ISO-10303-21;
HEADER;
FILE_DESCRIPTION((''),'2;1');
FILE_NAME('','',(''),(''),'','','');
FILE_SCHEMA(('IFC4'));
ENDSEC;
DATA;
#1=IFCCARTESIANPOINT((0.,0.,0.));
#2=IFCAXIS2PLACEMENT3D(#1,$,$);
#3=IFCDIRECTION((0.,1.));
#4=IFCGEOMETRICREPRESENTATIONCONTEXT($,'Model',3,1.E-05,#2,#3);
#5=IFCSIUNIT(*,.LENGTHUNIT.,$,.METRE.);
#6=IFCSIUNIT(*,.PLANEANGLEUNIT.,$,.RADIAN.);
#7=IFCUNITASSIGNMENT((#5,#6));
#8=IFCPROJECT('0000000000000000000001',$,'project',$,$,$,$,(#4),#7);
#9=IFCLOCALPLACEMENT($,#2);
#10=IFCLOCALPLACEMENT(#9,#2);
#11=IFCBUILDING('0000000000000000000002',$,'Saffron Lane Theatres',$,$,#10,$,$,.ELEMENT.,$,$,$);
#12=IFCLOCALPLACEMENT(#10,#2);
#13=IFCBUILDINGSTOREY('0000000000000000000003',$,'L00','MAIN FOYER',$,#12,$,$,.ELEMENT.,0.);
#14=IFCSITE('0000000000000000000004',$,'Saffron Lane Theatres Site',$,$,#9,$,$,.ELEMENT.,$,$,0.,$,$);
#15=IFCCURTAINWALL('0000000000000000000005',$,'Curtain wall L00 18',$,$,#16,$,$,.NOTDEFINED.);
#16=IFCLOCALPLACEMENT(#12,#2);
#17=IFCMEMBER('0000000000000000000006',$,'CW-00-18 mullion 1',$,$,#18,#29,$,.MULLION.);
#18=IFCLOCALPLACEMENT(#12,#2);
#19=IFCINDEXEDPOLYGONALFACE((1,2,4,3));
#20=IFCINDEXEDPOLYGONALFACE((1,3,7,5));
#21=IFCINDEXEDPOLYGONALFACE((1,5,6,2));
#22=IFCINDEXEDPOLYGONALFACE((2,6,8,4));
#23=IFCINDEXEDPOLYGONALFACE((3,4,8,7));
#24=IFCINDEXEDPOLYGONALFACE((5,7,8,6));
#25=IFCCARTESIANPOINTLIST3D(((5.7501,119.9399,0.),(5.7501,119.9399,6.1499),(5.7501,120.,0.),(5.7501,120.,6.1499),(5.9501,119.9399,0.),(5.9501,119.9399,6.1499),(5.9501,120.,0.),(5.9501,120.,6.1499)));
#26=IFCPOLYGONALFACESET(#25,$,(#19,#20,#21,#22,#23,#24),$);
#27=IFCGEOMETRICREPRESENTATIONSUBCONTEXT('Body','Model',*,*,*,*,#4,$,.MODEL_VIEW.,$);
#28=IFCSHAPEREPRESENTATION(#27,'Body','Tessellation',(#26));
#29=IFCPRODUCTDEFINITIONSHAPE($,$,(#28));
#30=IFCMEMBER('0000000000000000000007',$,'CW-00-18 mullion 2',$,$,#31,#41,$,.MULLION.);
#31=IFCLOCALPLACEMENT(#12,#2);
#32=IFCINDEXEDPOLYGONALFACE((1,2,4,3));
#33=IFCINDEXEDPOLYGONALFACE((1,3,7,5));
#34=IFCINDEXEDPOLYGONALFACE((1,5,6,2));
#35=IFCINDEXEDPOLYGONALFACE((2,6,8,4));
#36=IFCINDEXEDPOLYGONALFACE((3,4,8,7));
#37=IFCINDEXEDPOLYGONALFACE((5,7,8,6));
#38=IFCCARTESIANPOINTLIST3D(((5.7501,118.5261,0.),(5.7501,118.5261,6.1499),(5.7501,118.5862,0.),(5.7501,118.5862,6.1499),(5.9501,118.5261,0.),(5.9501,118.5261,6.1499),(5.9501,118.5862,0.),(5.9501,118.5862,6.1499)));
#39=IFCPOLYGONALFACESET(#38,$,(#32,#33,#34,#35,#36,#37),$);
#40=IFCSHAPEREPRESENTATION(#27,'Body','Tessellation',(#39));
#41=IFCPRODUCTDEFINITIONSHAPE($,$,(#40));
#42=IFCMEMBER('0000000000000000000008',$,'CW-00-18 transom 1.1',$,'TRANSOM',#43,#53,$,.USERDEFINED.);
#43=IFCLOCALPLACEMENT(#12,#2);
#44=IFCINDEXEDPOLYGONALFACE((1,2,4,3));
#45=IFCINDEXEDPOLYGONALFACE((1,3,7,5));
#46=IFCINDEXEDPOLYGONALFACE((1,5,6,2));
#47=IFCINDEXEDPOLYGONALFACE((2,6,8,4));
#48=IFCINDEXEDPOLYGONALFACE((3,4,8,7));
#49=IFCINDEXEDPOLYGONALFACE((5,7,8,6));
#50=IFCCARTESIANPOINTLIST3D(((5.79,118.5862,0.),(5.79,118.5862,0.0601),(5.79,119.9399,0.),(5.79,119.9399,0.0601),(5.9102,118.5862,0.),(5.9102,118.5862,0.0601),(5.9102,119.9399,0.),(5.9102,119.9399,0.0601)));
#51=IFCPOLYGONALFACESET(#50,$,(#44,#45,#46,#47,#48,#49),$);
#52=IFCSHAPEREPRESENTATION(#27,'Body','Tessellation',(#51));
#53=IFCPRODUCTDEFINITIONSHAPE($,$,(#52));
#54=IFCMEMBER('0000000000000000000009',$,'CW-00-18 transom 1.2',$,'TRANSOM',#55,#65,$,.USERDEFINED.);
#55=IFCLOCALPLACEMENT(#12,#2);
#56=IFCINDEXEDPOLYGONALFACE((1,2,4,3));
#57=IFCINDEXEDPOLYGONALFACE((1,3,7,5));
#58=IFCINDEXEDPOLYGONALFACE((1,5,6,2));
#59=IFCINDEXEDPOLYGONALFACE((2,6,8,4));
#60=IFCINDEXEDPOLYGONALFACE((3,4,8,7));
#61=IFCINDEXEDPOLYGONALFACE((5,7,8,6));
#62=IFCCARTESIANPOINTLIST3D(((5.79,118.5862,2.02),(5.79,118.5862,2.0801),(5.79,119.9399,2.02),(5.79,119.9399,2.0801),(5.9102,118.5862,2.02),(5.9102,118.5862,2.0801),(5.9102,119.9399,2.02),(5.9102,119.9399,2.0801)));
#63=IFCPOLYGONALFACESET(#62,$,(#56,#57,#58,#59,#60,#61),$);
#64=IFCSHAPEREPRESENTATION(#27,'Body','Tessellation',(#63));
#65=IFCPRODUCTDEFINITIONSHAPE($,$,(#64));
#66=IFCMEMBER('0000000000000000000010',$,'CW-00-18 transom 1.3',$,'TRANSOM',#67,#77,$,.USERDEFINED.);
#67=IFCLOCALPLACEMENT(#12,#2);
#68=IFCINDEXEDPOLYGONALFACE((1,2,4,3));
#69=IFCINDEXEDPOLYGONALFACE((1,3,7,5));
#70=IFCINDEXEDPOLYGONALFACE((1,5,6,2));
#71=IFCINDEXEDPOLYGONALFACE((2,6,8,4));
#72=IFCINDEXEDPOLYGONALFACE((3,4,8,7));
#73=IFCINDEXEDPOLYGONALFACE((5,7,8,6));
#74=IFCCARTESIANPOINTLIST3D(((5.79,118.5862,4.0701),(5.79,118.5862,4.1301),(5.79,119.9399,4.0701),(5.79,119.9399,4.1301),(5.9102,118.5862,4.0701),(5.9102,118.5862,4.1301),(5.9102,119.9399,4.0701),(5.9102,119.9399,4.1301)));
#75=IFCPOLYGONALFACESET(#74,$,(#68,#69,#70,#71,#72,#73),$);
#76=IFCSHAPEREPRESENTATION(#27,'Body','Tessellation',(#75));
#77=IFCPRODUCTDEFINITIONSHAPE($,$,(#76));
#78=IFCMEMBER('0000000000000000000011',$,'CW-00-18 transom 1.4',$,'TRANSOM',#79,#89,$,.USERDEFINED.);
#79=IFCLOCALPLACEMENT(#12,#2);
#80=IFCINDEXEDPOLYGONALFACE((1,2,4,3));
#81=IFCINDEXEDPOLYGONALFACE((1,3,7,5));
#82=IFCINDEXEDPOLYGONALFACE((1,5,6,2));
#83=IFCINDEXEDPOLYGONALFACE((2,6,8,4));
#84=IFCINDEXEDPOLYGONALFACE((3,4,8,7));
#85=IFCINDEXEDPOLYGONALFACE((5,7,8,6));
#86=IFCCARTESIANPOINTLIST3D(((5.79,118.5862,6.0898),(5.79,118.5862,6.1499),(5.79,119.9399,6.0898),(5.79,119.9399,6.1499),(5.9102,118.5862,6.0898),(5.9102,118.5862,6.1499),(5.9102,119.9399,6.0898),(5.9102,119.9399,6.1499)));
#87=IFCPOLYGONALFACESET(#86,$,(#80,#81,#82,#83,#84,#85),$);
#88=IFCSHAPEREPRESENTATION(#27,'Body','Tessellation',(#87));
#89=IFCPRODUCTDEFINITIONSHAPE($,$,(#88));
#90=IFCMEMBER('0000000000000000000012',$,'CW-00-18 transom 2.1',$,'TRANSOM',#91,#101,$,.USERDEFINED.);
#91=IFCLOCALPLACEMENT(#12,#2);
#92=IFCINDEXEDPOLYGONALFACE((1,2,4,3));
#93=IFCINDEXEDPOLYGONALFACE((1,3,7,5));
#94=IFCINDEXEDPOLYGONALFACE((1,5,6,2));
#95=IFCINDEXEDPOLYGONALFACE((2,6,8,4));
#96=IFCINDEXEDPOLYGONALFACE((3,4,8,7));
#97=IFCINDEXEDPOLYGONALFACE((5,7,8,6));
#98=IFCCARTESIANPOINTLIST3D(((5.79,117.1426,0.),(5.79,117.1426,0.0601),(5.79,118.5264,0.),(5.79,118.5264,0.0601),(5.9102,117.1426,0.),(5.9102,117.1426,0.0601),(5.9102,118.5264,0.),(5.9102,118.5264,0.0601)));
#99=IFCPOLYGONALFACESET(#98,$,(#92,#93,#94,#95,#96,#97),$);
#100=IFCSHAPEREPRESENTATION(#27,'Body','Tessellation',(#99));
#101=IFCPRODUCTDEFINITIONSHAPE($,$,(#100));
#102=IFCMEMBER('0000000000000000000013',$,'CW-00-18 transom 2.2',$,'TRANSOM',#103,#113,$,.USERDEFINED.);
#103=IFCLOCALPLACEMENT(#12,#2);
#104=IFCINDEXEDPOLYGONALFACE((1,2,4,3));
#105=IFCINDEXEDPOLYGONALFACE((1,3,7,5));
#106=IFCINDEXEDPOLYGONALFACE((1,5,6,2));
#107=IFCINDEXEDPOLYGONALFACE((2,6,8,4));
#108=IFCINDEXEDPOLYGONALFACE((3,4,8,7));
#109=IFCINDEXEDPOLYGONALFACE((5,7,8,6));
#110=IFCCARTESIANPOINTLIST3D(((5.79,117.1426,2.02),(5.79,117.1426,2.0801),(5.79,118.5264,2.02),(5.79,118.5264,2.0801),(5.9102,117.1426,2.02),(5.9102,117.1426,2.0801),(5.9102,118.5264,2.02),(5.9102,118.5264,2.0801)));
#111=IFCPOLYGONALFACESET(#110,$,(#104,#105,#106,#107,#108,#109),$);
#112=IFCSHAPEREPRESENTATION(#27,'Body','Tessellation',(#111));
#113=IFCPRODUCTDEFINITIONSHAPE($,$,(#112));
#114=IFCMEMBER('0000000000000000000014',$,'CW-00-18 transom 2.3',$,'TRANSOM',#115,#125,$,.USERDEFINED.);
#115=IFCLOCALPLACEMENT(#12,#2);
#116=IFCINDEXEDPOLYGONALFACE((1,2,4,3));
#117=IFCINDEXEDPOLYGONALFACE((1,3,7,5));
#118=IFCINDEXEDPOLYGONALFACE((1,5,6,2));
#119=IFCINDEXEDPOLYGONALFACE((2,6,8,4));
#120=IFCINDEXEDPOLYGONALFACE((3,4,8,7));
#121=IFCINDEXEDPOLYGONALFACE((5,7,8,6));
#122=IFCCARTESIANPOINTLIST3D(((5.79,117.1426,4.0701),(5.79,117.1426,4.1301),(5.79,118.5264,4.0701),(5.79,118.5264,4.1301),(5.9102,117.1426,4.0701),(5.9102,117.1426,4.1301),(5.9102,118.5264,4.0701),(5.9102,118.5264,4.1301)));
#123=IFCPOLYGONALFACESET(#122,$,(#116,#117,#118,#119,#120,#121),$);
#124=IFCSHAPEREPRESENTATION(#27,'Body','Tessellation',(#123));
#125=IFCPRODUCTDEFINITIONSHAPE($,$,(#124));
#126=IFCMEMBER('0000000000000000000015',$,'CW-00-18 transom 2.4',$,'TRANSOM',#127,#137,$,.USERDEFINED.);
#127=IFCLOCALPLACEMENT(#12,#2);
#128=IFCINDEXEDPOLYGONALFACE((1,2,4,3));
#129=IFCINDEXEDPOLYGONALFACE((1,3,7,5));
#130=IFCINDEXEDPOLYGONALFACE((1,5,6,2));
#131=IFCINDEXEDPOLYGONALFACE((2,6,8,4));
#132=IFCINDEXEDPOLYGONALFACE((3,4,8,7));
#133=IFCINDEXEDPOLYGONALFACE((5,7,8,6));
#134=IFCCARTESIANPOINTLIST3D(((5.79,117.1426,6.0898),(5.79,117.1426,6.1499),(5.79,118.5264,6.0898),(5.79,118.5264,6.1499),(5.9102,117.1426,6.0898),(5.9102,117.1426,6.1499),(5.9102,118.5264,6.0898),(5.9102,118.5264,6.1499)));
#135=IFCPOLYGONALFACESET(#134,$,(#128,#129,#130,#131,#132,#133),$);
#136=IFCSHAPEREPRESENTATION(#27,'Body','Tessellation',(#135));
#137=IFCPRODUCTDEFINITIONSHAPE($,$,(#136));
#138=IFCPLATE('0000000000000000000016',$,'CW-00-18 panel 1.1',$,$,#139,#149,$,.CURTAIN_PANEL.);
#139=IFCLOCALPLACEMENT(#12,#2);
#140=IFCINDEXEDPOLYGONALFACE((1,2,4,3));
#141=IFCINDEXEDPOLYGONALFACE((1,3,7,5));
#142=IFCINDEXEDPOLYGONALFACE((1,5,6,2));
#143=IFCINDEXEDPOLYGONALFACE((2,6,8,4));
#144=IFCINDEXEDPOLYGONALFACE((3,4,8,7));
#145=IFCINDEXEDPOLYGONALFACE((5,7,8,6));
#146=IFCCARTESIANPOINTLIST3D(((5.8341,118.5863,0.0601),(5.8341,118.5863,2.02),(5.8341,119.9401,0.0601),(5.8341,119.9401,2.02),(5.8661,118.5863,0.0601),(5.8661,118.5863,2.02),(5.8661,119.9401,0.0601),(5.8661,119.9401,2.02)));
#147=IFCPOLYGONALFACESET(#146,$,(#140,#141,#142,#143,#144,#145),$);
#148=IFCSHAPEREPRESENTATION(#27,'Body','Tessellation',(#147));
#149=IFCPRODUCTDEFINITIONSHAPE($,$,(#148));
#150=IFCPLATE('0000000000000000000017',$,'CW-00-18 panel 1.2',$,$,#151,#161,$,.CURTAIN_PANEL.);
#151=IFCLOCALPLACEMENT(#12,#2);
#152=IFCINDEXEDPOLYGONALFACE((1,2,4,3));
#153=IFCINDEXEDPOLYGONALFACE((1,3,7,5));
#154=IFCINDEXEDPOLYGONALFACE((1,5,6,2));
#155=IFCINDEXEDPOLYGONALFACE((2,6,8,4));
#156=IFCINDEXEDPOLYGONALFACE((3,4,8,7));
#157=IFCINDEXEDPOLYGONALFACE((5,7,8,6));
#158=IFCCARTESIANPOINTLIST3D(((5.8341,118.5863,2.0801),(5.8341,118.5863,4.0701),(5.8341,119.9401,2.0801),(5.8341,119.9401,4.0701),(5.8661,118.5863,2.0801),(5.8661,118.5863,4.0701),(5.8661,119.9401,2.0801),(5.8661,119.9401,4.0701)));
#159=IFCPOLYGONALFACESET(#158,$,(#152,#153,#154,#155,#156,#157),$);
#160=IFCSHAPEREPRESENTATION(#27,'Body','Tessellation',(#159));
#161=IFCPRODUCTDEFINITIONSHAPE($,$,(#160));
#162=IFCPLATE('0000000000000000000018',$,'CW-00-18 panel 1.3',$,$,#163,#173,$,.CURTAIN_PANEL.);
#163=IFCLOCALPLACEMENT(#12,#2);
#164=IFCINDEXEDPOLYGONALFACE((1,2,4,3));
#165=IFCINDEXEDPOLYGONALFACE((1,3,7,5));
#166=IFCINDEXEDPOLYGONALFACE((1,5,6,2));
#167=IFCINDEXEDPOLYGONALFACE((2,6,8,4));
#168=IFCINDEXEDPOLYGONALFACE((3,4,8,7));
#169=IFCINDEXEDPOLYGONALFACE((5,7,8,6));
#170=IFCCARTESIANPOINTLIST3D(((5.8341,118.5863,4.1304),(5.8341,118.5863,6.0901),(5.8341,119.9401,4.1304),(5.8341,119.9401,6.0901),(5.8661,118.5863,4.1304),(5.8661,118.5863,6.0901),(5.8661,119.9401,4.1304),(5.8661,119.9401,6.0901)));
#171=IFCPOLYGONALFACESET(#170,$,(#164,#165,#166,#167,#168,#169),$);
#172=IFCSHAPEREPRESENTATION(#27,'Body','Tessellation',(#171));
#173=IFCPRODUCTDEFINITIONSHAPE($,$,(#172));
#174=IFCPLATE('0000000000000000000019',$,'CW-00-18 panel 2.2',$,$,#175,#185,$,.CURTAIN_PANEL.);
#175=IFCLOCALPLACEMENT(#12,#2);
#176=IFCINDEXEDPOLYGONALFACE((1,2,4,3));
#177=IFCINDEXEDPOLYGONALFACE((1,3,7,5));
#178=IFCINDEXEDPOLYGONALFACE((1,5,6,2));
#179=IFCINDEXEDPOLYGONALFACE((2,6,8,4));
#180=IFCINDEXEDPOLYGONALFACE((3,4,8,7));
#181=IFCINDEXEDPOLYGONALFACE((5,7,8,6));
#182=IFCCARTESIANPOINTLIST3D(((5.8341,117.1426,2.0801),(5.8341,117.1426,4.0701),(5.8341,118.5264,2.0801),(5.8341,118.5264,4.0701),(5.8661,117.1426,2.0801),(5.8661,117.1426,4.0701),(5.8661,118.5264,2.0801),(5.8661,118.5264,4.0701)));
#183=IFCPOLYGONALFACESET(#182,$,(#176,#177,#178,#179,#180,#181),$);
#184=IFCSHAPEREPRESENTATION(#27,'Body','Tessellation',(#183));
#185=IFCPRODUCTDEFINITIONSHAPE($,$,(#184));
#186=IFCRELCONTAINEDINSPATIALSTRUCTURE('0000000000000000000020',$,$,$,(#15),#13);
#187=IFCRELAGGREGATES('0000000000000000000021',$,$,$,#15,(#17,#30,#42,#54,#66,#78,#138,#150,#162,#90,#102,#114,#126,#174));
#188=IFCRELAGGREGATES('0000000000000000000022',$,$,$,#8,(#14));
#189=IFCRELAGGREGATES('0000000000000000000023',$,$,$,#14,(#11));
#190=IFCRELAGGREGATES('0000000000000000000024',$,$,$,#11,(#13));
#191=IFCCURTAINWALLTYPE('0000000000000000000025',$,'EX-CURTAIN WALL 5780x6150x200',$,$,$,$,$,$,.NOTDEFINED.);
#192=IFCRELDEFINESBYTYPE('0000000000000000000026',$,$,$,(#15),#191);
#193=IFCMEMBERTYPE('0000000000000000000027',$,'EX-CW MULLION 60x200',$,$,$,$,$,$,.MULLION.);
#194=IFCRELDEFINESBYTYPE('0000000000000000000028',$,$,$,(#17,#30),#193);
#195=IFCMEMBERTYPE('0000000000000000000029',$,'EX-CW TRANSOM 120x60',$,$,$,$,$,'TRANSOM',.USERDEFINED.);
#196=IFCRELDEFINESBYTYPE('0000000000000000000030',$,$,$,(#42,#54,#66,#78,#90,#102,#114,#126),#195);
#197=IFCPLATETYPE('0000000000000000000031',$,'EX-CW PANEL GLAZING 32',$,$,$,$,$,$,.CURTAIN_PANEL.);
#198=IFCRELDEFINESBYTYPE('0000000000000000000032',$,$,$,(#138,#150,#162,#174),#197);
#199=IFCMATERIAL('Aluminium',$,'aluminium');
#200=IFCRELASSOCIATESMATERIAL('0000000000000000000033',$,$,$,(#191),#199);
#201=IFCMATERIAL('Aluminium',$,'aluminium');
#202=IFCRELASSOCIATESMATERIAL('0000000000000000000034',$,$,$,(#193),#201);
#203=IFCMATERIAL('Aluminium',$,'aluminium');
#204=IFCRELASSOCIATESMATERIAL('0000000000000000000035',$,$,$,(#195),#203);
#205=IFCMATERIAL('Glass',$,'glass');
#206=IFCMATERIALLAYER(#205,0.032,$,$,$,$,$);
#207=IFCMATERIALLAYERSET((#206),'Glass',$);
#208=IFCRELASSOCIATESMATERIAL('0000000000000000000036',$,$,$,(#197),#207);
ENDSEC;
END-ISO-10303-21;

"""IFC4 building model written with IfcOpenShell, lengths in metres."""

from ifc_helpers import new_model, si_unit, direction, frame, origin, origin_2d, place, context, subcontext, project, spatial, rectangle, extrude, material, layer, layer_set, material_profile, profile_set, type_object, element, aggregate, save


model = new_model("IFC4")

# Units and contexts
model_context = context("Model", 3, precision=1e-05, world=origin(), true_north=direction((0.0, 1.0)))
body_context = subcontext(model_context, "Body", "Model", "MODEL_VIEW")
ifc_project = project(units=[si_unit("LENGTHUNIT", "METRE"), si_unit("PLANEANGLEUNIT", "RADIAN")], contexts=[model_context])

# Site, building, storey
site_placement = place(None, origin())
site = spatial("IfcSite", under=ifc_project, at=site_placement, Name="Saffron Lane Theatres Site", CompositionType="ELEMENT", RefElevation=0.0)
building_placement = place(site_placement, origin())
building = spatial("IfcBuilding", under=site, at=building_placement, Name="Saffron Lane Theatres", CompositionType="ELEMENT")
storey_placement = place(building_placement, origin())
storey = spatial("IfcBuildingStorey", under=building, at=storey_placement, Name="L00", Description="MAIN FOYER", CompositionType="ELEMENT", Elevation=0.0)

# Curtain wall, members, plates
ifc_material_1 = material(Name="Aluminium", Category="aluminium")
curtain_wall_type = type_object("IfcCurtainWallType", Name="EX-CURTAIN WALL 5780x6150x200", PredefinedType="NOTDEFINED", material=ifc_material_1)
curtain_wall_placement = place(storey_placement, origin())
curtain_wall = element("IfcCurtainWall", 1, at=curtain_wall_placement, inside=storey, type_object=curtain_wall_type, Name="Curtain wall L00 18", PredefinedType="NOTDEFINED")
ifc_material_2 = material(Name="Aluminium", Category="aluminium")
ifc_material_profile_1 = material_profile(ifc_material_2, rectangle(XDim=0.0601, YDim=0.2, at=origin_2d()))
ifc_profile_set_1 = profile_set([ifc_material_profile_1], Name="Aluminium")
member_type_1 = type_object("IfcMemberType", Name="EX-CW MULLION 60x200", PredefinedType="MULLION", material=ifc_profile_set_1)
member_1_placement = place(storey_placement, frame((5.8501, 119.97, 0.0), z_axis=(0.0, 0.0, 1.0), x_axis=(0.0, -1.0, 0.0)))
member_1 = element("IfcMember", 2, at=member_1_placement, type_object=member_type_1, Name="CW-00-18 mullion 1", PredefinedType="MULLION", context=body_context, shape_type="SweptSolid", body=[
    extrude(rectangle(XDim=0.0601, YDim=0.2, at=origin_2d()), origin(), (0.0, 0.0, 1.0), 6.1499),
])
member_2_placement = place(storey_placement, frame((5.8501, 118.5562, 0.0), z_axis=(0.0, 0.0, 1.0), x_axis=(0.0, -1.0, 0.0)))
member_2 = element("IfcMember", 3, at=member_2_placement, type_object=member_type_1, Name="CW-00-18 mullion 2", PredefinedType="MULLION", context=body_context, shape_type="SweptSolid", body=[
    extrude(rectangle(XDim=0.0601, YDim=0.2, at=origin_2d()), origin(), (0.0, 0.0, 1.0), 6.1499),
])
ifc_material_3 = material(Name="Aluminium", Category="aluminium")
ifc_material_profile_2 = material_profile(ifc_material_3, rectangle(XDim=0.1201, YDim=0.0601, at=origin_2d()))
ifc_profile_set_2 = profile_set([ifc_material_profile_2], Name="Aluminium")
member_type_2 = type_object("IfcMemberType", Name="EX-CW TRANSOM 120x60", ElementType="TRANSOM", PredefinedType="USERDEFINED", material=ifc_profile_set_2)
member_3_placement = place(storey_placement, frame((5.8501, 119.9399, 0.03), z_axis=(0.0, -1.0, 0.0), x_axis=(1.0, 0.0, 0.0)))
member_3 = element("IfcMember", 4, at=member_3_placement, type_object=member_type_2, Name="CW-00-18 transom 1.1", ObjectType="TRANSOM", PredefinedType="USERDEFINED", context=body_context, shape_type="SweptSolid", body=[
    extrude(rectangle(XDim=0.1201, YDim=0.0601, at=origin_2d()), origin(), (0.0, 0.0, 1.0), 1.3538),
])
member_4_placement = place(storey_placement, frame((5.8501, 119.9399, 2.05), z_axis=(0.0, -1.0, 0.0), x_axis=(1.0, 0.0, 0.0)))
member_4 = element("IfcMember", 5, at=member_4_placement, type_object=member_type_2, Name="CW-00-18 transom 1.2", ObjectType="TRANSOM", PredefinedType="USERDEFINED", context=body_context, shape_type="SweptSolid", body=[
    extrude(rectangle(XDim=0.1201, YDim=0.0601, at=origin_2d()), origin(), (0.0, 0.0, 1.0), 1.3538),
])
member_5_placement = place(storey_placement, frame((5.8501, 119.9399, 4.1001), z_axis=(0.0, -1.0, 0.0), x_axis=(1.0, 0.0, 0.0)))
member_5 = element("IfcMember", 6, at=member_5_placement, type_object=member_type_2, Name="CW-00-18 transom 1.3", ObjectType="TRANSOM", PredefinedType="USERDEFINED", context=body_context, shape_type="SweptSolid", body=[
    extrude(rectangle(XDim=0.1201, YDim=0.0601, at=origin_2d()), origin(), (0.0, 0.0, 1.0), 1.3538),
])
member_6_placement = place(storey_placement, frame((5.8501, 119.9399, 6.1199), z_axis=(0.0, -1.0, 0.0), x_axis=(1.0, 0.0, 0.0)))
member_6 = element("IfcMember", 7, at=member_6_placement, type_object=member_type_2, Name="CW-00-18 transom 1.4", ObjectType="TRANSOM", PredefinedType="USERDEFINED", context=body_context, shape_type="SweptSolid", body=[
    extrude(rectangle(XDim=0.1201, YDim=0.0601, at=origin_2d()), origin(), (0.0, 0.0, 1.0), 1.3538),
])
member_7_placement = place(storey_placement, frame((5.8501, 118.5264, 0.03), z_axis=(0.0, -1.0, 0.0), x_axis=(1.0, 0.0, 0.0)))
member_7 = element("IfcMember", 8, at=member_7_placement, type_object=member_type_2, Name="CW-00-18 transom 2.1", ObjectType="TRANSOM", PredefinedType="USERDEFINED", context=body_context, shape_type="SweptSolid", body=[
    extrude(rectangle(XDim=0.1201, YDim=0.0601, at=origin_2d()), origin(), (0.0, 0.0, 1.0), 1.3838),
])
member_8_placement = place(storey_placement, frame((5.8501, 118.5264, 2.05), z_axis=(0.0, -1.0, 0.0), x_axis=(1.0, 0.0, 0.0)))
member_8 = element("IfcMember", 9, at=member_8_placement, type_object=member_type_2, Name="CW-00-18 transom 2.2", ObjectType="TRANSOM", PredefinedType="USERDEFINED", context=body_context, shape_type="SweptSolid", body=[
    extrude(rectangle(XDim=0.1201, YDim=0.0601, at=origin_2d()), origin(), (0.0, 0.0, 1.0), 1.3838),
])
member_9_placement = place(storey_placement, frame((5.8501, 118.5264, 4.1001), z_axis=(0.0, -1.0, 0.0), x_axis=(1.0, 0.0, 0.0)))
member_9 = element("IfcMember", 10, at=member_9_placement, type_object=member_type_2, Name="CW-00-18 transom 2.3", ObjectType="TRANSOM", PredefinedType="USERDEFINED", context=body_context, shape_type="SweptSolid", body=[
    extrude(rectangle(XDim=0.1201, YDim=0.0601, at=origin_2d()), origin(), (0.0, 0.0, 1.0), 1.3838),
])
member_10_placement = place(storey_placement, frame((5.8501, 118.5264, 6.1199), z_axis=(0.0, -1.0, 0.0), x_axis=(1.0, 0.0, 0.0)))
member_10 = element("IfcMember", 11, at=member_10_placement, type_object=member_type_2, Name="CW-00-18 transom 2.4", ObjectType="TRANSOM", PredefinedType="USERDEFINED", context=body_context, shape_type="SweptSolid", body=[
    extrude(rectangle(XDim=0.1201, YDim=0.0601, at=origin_2d()), origin(), (0.0, 0.0, 1.0), 1.3838),
])
ifc_material_4 = material(Name="Glass", Category="glass")
ifc_layer_1 = layer(ifc_material_4, 0.032)
ifc_layer_set_1 = layer_set([ifc_layer_1], Name="Glass")
plate_type = type_object("IfcPlateType", Name="EX-CW PANEL GLAZING 32", PredefinedType="CURTAIN_PANEL", material=ifc_layer_set_1)
plate_1_placement = place(storey_placement, frame((5.8501, 119.2632, 0.0601), z_axis=(0.0, 0.0, 1.0), x_axis=(0.0, -1.0, 0.0)))
plate_1 = element("IfcPlate", 12, at=plate_1_placement, type_object=plate_type, Name="CW-00-18 panel 1.1", PredefinedType="CURTAIN_PANEL", context=body_context, shape_type="SweptSolid", body=[
    extrude(rectangle(XDim=1.3538, YDim=0.032, at=origin_2d()), origin(), (0.0, 0.0, 1.0), 1.96),
])
plate_2_placement = place(storey_placement, frame((5.8501, 119.2632, 2.0801), z_axis=(0.0, 0.0, 1.0), x_axis=(0.0, -1.0, 0.0)))
plate_2 = element("IfcPlate", 13, at=plate_2_placement, type_object=plate_type, Name="CW-00-18 panel 1.2", PredefinedType="CURTAIN_PANEL", context=body_context, shape_type="SweptSolid", body=[
    extrude(rectangle(XDim=1.3538, YDim=0.032, at=origin_2d()), origin(), (0.0, 0.0, 1.0), 1.99),
])
plate_3_placement = place(storey_placement, frame((5.8501, 119.2632, 4.1304), z_axis=(0.0, 0.0, 1.0), x_axis=(0.0, -1.0, 0.0)))
plate_3 = element("IfcPlate", 14, at=plate_3_placement, type_object=plate_type, Name="CW-00-18 panel 1.3", PredefinedType="CURTAIN_PANEL", context=body_context, shape_type="SweptSolid", body=[
    extrude(rectangle(XDim=1.3538, YDim=0.032, at=origin_2d()), origin(), (0.0, 0.0, 1.0), 1.9597),
])
plate_4_placement = place(storey_placement, frame((5.8501, 117.8345, 2.0801), z_axis=(0.0, 0.0, 1.0), x_axis=(0.0, -1.0, 0.0)))
plate_4 = element("IfcPlate", 15, at=plate_4_placement, type_object=plate_type, Name="CW-00-18 panel 2.2", PredefinedType="CURTAIN_PANEL", context=body_context, shape_type="SweptSolid", body=[
    extrude(rectangle(XDim=1.3838, YDim=0.032, at=origin_2d()), origin(), (0.0, 0.0, 1.0), 1.99),
])
aggregate(curtain_wall, [member_1, member_2, member_3, member_4, member_5, member_6, plate_1, plate_2, plate_3, member_7, member_8, member_9, member_10, plate_4])

save(model, "model.ifc")
